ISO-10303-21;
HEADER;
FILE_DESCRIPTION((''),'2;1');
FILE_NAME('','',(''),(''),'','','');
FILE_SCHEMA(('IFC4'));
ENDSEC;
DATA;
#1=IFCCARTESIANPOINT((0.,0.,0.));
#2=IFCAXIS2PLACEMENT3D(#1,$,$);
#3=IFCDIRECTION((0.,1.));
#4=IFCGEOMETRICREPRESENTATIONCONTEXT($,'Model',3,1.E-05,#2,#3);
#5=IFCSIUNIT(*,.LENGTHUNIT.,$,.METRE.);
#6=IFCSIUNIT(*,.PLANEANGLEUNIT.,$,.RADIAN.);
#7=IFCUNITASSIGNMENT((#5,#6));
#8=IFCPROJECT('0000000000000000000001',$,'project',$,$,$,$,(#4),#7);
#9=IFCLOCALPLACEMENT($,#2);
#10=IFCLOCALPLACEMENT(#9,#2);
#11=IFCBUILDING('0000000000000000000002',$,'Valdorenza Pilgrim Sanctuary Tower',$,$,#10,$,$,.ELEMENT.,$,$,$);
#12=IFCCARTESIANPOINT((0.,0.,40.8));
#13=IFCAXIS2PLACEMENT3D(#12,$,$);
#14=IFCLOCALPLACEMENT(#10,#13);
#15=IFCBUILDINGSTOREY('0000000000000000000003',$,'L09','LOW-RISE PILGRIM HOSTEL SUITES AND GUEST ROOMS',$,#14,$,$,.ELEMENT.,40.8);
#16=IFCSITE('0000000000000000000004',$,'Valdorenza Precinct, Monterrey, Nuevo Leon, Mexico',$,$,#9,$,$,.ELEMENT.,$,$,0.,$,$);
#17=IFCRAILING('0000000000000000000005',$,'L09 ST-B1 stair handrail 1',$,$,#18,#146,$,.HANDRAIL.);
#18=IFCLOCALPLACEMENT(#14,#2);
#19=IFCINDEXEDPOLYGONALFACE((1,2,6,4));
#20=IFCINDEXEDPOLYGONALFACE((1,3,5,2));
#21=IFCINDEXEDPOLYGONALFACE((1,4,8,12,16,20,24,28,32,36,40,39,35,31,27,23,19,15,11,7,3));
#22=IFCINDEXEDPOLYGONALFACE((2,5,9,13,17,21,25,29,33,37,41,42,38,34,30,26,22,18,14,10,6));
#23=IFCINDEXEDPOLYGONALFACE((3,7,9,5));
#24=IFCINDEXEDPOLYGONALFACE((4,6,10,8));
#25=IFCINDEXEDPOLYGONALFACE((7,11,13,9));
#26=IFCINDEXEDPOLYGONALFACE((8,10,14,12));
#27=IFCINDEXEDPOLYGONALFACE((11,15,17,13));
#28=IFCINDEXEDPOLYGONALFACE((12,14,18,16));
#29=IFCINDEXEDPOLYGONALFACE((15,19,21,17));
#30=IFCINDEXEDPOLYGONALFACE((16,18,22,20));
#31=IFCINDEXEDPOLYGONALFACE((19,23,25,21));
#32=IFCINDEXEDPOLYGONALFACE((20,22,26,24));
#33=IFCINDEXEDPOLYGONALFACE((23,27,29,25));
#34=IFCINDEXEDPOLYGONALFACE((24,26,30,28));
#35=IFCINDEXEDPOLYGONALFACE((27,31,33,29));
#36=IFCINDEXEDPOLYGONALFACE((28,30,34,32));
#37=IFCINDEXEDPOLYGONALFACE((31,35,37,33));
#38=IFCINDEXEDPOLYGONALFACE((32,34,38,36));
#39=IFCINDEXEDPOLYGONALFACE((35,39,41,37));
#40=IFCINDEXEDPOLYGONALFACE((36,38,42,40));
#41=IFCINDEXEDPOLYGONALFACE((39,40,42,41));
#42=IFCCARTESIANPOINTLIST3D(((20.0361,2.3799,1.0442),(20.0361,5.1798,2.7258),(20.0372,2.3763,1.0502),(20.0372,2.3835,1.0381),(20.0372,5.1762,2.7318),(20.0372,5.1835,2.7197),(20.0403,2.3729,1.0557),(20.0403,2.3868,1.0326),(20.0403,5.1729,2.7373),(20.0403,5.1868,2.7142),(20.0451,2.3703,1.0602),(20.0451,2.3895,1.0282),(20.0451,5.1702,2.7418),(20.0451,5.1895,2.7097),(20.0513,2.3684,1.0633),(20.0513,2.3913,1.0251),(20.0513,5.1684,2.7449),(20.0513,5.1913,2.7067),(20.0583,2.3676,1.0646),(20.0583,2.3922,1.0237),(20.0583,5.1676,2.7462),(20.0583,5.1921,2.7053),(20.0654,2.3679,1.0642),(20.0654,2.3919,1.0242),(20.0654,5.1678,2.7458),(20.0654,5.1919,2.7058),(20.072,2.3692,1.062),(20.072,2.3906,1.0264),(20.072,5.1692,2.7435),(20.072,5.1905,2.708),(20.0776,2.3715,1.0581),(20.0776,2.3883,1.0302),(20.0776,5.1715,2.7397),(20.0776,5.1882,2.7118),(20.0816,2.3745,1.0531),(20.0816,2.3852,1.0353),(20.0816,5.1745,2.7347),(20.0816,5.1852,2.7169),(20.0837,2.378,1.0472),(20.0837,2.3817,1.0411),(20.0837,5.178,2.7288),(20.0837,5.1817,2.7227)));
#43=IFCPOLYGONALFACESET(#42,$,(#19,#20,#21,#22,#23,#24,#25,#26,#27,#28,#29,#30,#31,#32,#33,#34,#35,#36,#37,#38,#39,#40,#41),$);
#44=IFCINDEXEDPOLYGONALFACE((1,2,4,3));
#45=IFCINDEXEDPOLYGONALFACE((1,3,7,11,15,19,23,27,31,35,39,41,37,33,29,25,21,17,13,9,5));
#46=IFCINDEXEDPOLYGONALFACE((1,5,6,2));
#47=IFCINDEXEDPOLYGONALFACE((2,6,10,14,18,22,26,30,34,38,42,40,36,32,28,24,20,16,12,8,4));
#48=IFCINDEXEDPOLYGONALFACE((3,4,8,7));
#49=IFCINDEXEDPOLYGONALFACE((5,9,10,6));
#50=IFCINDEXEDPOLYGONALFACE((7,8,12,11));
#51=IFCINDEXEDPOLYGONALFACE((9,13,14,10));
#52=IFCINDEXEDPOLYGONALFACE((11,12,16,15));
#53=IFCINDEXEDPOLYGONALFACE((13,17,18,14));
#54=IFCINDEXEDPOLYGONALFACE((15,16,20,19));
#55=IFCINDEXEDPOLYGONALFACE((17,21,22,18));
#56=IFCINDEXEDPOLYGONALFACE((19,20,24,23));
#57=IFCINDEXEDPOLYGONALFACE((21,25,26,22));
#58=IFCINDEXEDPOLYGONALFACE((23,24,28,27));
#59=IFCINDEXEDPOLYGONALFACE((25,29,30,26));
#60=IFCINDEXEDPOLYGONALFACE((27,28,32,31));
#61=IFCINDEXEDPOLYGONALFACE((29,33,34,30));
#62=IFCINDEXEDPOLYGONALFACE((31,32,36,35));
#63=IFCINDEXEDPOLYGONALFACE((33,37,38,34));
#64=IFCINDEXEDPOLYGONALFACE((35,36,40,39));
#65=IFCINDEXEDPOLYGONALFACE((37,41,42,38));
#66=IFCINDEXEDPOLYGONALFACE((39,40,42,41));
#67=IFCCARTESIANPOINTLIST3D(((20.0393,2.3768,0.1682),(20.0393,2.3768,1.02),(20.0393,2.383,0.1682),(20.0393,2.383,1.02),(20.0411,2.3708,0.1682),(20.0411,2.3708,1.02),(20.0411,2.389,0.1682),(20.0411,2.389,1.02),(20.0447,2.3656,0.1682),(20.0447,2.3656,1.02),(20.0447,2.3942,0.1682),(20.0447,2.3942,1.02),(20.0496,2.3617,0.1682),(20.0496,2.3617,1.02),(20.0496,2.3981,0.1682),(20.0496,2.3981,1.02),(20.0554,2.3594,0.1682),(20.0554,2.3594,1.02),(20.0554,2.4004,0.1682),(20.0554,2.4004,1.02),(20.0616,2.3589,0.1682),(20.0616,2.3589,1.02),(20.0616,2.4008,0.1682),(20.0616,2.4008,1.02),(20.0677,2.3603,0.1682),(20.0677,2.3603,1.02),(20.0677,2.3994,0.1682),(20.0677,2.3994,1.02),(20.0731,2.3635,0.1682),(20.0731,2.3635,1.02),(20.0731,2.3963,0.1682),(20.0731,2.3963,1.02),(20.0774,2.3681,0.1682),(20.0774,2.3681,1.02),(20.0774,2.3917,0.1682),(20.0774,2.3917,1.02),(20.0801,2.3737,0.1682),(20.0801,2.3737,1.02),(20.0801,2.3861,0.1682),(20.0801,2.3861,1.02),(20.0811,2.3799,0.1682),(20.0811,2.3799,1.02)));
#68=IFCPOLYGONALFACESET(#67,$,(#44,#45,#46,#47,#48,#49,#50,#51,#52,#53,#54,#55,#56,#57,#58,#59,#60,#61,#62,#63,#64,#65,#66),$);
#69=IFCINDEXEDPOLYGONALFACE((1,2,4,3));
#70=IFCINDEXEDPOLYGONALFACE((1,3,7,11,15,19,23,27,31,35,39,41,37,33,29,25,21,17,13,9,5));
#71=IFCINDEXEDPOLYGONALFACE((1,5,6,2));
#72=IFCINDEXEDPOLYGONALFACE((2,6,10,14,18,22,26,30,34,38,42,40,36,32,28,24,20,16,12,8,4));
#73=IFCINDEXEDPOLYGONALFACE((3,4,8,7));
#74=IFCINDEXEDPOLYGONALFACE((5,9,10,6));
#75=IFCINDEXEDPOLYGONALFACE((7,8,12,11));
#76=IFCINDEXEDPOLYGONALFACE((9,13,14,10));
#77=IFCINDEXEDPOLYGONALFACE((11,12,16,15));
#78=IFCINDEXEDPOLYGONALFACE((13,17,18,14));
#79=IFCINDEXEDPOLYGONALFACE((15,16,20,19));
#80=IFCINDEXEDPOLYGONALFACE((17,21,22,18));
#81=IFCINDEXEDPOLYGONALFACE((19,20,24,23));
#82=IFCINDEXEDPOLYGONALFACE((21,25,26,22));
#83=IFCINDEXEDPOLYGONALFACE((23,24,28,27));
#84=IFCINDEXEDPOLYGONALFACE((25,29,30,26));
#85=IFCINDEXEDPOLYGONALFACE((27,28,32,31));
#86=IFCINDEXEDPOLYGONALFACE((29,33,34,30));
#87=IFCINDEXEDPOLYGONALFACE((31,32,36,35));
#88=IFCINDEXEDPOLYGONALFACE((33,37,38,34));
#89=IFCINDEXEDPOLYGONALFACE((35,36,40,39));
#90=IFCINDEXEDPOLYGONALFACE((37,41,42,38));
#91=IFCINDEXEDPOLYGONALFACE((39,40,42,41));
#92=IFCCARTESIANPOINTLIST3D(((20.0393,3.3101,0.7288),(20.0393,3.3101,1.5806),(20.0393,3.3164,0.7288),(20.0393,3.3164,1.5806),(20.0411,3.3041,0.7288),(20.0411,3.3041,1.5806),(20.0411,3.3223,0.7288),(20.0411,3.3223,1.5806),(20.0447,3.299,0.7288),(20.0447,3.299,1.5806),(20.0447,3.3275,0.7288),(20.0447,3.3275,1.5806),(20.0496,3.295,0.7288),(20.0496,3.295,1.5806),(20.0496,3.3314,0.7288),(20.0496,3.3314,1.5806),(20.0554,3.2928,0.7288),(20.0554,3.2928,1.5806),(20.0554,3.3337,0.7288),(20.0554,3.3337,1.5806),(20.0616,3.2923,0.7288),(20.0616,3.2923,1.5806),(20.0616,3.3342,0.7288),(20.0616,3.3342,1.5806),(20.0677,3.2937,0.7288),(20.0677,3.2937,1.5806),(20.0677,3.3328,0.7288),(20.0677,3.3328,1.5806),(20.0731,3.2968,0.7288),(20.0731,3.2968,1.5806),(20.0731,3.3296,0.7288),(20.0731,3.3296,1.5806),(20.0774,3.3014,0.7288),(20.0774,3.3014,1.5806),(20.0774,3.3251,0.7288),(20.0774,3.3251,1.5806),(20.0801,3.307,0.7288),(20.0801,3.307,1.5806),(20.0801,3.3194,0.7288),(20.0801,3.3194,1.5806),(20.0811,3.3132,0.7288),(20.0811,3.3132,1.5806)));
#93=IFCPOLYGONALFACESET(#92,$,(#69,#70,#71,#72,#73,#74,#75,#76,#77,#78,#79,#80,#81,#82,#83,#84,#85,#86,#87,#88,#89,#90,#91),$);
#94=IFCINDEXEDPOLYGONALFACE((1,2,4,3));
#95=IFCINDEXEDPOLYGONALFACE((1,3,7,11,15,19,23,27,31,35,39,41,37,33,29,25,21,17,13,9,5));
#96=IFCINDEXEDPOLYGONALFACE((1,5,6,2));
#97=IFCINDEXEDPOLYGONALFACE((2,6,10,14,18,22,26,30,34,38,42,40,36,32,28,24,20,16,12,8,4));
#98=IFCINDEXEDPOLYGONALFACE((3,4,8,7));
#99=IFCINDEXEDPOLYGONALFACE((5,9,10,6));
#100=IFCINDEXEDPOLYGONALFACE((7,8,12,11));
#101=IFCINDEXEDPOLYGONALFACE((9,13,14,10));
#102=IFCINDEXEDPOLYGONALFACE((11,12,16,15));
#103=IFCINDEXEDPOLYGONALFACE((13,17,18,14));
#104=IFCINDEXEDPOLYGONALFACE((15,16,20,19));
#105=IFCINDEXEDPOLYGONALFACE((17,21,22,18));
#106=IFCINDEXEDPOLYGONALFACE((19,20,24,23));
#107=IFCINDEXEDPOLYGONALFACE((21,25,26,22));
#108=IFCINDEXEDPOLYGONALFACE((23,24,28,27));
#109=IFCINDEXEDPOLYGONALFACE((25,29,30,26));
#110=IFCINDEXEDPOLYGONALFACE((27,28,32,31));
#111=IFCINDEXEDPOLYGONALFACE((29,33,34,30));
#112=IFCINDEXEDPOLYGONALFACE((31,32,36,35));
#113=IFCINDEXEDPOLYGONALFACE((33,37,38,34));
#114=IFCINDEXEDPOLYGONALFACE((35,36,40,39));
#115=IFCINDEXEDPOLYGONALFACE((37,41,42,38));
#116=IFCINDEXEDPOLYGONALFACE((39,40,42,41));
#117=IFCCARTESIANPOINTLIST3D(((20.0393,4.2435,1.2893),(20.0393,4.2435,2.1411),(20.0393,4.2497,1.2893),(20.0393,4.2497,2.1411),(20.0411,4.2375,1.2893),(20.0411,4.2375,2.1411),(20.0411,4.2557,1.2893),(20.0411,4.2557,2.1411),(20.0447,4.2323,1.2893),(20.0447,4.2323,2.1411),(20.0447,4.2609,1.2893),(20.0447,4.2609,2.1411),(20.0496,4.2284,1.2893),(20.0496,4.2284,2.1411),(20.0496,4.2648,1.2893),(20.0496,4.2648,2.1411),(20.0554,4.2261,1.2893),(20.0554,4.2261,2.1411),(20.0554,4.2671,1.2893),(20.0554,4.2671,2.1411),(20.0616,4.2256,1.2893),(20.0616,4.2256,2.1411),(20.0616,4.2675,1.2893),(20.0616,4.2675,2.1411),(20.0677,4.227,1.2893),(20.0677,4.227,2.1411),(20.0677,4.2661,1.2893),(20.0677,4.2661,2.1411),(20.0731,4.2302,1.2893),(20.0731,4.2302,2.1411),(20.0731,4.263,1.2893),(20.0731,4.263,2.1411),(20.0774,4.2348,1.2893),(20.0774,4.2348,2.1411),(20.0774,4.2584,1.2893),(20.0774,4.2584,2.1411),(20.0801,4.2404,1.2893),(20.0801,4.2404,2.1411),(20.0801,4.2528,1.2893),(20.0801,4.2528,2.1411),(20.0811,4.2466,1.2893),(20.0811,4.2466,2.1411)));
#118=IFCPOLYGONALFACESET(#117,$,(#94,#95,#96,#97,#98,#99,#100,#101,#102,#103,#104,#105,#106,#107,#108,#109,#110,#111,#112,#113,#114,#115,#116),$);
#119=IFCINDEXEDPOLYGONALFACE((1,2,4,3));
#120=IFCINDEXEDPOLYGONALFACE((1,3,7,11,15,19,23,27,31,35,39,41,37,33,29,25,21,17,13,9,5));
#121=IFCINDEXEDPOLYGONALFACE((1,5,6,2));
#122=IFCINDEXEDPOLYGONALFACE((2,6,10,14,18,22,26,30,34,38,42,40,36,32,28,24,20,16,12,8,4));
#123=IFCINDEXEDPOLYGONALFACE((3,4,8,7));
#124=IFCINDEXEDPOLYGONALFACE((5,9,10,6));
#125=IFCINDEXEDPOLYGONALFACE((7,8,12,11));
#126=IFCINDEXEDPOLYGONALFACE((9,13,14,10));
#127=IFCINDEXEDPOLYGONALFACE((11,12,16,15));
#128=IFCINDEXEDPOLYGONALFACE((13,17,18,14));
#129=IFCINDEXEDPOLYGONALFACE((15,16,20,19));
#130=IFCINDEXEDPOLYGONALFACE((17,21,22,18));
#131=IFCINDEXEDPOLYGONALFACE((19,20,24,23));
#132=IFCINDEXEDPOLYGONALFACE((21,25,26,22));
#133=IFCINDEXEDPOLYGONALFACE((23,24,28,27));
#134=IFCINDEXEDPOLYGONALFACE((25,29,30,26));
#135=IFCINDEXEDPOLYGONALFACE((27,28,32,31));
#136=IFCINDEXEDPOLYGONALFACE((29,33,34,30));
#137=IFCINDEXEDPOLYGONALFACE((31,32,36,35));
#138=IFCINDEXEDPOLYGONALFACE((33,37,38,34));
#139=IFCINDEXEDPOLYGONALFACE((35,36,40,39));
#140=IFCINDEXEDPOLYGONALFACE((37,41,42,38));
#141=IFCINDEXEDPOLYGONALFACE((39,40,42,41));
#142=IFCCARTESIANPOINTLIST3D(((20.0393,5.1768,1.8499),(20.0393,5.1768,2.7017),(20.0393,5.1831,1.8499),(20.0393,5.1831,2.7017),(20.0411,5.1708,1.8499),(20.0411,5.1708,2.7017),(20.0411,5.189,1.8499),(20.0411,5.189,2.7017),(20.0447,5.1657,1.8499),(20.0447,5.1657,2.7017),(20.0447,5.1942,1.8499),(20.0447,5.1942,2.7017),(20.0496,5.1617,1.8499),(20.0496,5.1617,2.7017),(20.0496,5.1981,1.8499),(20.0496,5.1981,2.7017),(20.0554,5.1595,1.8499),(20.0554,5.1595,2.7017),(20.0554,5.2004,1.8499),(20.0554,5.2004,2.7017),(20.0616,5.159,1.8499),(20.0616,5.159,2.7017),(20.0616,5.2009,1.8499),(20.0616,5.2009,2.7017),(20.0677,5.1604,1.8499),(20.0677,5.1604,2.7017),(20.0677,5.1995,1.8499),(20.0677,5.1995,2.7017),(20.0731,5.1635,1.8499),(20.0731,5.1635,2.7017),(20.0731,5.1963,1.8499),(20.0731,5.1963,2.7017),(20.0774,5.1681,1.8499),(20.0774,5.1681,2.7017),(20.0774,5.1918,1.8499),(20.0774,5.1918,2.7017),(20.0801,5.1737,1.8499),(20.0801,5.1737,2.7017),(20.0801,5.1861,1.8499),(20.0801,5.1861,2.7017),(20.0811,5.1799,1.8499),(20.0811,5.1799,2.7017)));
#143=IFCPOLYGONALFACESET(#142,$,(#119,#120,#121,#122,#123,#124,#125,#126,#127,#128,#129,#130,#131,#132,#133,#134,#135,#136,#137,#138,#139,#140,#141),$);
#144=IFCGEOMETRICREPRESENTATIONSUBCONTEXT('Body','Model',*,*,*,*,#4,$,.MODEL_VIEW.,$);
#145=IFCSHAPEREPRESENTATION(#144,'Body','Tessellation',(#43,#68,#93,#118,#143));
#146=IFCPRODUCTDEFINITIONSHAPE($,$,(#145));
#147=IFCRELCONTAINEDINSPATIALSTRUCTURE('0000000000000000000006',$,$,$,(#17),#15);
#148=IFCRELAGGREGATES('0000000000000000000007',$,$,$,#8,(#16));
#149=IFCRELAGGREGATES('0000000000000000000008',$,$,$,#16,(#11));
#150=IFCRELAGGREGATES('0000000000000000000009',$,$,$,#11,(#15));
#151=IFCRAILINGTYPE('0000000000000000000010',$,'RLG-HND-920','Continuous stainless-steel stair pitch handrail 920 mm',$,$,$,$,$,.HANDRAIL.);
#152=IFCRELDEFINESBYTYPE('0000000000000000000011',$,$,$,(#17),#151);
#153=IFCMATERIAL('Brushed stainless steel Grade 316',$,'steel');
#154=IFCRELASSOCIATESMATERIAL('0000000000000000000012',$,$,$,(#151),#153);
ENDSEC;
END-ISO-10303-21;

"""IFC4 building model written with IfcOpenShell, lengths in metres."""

from ifc_helpers import new_model, si_unit, direction, frame, origin, origin_2d, place, context, subcontext, project, spatial, circle, extrude, material, type_object, element, save


model = new_model("IFC4")

# Units and contexts
model_context = context("Model", 3, precision=1e-05, world=origin(), true_north=direction((0.0, 1.0)))
body_context = subcontext(model_context, "Body", "Model", "MODEL_VIEW")
ifc_project = project(units=[si_unit("LENGTHUNIT", "METRE"), si_unit("PLANEANGLEUNIT", "RADIAN")], contexts=[model_context])

# Site, building, storey
site_placement = place(None, origin())
site = spatial("IfcSite", under=ifc_project, at=site_placement, Name="Valdorenza Precinct, Monterrey, Nuevo Leon, Mexico", CompositionType="ELEMENT", RefElevation=0.0)
building_placement = place(site_placement, origin())
building = spatial("IfcBuilding", under=site, at=building_placement, Name="Valdorenza Pilgrim Sanctuary Tower", CompositionType="ELEMENT")
storey_placement = place(building_placement, frame((0.0, 0.0, 40.8)))
storey = spatial("IfcBuildingStorey", under=building, at=storey_placement, Name="L09", Description="LOW-RISE PILGRIM HOSTEL SUITES AND GUEST ROOMS", CompositionType="ELEMENT", Elevation=40.8)

# Railing
ifc_material_1 = material(Name="Brushed stainless steel Grade 316", Category="steel")
railing_type_1 = type_object("IfcRailingType", Name="RLG-HND-920", Description="Continuous stainless-steel stair pitch handrail 920 mm", PredefinedType="HANDRAIL", material=ifc_material_1)
railing_1_placement = place(storey_placement, frame((20.0601, 2.3799, 0.1682)))
element("IfcRailing", 1, at=railing_1_placement, inside=storey, type_object=railing_type_1, Name="L09 ST-B1 stair handrail 1", PredefinedType="HANDRAIL", context=body_context, shape_type="SweptSolid", body=[
    extrude(circle(Radius=0.0239, at=origin_2d()), frame((0.0, 0.0, 0.876), z_axis=(0.0, 0.857275, 0.514858), x_axis=(-1.0, 0.0, 0.0)), (0.0, 0.0, 1.0), 3.2661),
    extrude(circle(Radius=0.021, at=origin_2d()), origin(), (0.0, 0.0, 1.0), 0.8518),
    extrude(circle(Radius=0.021, at=origin_2d()), frame((0.0, 0.9333, 0.5605)), (0.0, 0.0, 1.0), 0.8518),
    extrude(circle(Radius=0.021, at=origin_2d()), frame((0.0, 1.8667, 1.1211)), (0.0, 0.0, 1.0), 0.8518),
    extrude(circle(Radius=0.021, at=origin_2d()), frame((0.0, 2.8, 1.6816)), (0.0, 0.0, 1.0), 0.8518),
])

save(model, "model.ifc")
